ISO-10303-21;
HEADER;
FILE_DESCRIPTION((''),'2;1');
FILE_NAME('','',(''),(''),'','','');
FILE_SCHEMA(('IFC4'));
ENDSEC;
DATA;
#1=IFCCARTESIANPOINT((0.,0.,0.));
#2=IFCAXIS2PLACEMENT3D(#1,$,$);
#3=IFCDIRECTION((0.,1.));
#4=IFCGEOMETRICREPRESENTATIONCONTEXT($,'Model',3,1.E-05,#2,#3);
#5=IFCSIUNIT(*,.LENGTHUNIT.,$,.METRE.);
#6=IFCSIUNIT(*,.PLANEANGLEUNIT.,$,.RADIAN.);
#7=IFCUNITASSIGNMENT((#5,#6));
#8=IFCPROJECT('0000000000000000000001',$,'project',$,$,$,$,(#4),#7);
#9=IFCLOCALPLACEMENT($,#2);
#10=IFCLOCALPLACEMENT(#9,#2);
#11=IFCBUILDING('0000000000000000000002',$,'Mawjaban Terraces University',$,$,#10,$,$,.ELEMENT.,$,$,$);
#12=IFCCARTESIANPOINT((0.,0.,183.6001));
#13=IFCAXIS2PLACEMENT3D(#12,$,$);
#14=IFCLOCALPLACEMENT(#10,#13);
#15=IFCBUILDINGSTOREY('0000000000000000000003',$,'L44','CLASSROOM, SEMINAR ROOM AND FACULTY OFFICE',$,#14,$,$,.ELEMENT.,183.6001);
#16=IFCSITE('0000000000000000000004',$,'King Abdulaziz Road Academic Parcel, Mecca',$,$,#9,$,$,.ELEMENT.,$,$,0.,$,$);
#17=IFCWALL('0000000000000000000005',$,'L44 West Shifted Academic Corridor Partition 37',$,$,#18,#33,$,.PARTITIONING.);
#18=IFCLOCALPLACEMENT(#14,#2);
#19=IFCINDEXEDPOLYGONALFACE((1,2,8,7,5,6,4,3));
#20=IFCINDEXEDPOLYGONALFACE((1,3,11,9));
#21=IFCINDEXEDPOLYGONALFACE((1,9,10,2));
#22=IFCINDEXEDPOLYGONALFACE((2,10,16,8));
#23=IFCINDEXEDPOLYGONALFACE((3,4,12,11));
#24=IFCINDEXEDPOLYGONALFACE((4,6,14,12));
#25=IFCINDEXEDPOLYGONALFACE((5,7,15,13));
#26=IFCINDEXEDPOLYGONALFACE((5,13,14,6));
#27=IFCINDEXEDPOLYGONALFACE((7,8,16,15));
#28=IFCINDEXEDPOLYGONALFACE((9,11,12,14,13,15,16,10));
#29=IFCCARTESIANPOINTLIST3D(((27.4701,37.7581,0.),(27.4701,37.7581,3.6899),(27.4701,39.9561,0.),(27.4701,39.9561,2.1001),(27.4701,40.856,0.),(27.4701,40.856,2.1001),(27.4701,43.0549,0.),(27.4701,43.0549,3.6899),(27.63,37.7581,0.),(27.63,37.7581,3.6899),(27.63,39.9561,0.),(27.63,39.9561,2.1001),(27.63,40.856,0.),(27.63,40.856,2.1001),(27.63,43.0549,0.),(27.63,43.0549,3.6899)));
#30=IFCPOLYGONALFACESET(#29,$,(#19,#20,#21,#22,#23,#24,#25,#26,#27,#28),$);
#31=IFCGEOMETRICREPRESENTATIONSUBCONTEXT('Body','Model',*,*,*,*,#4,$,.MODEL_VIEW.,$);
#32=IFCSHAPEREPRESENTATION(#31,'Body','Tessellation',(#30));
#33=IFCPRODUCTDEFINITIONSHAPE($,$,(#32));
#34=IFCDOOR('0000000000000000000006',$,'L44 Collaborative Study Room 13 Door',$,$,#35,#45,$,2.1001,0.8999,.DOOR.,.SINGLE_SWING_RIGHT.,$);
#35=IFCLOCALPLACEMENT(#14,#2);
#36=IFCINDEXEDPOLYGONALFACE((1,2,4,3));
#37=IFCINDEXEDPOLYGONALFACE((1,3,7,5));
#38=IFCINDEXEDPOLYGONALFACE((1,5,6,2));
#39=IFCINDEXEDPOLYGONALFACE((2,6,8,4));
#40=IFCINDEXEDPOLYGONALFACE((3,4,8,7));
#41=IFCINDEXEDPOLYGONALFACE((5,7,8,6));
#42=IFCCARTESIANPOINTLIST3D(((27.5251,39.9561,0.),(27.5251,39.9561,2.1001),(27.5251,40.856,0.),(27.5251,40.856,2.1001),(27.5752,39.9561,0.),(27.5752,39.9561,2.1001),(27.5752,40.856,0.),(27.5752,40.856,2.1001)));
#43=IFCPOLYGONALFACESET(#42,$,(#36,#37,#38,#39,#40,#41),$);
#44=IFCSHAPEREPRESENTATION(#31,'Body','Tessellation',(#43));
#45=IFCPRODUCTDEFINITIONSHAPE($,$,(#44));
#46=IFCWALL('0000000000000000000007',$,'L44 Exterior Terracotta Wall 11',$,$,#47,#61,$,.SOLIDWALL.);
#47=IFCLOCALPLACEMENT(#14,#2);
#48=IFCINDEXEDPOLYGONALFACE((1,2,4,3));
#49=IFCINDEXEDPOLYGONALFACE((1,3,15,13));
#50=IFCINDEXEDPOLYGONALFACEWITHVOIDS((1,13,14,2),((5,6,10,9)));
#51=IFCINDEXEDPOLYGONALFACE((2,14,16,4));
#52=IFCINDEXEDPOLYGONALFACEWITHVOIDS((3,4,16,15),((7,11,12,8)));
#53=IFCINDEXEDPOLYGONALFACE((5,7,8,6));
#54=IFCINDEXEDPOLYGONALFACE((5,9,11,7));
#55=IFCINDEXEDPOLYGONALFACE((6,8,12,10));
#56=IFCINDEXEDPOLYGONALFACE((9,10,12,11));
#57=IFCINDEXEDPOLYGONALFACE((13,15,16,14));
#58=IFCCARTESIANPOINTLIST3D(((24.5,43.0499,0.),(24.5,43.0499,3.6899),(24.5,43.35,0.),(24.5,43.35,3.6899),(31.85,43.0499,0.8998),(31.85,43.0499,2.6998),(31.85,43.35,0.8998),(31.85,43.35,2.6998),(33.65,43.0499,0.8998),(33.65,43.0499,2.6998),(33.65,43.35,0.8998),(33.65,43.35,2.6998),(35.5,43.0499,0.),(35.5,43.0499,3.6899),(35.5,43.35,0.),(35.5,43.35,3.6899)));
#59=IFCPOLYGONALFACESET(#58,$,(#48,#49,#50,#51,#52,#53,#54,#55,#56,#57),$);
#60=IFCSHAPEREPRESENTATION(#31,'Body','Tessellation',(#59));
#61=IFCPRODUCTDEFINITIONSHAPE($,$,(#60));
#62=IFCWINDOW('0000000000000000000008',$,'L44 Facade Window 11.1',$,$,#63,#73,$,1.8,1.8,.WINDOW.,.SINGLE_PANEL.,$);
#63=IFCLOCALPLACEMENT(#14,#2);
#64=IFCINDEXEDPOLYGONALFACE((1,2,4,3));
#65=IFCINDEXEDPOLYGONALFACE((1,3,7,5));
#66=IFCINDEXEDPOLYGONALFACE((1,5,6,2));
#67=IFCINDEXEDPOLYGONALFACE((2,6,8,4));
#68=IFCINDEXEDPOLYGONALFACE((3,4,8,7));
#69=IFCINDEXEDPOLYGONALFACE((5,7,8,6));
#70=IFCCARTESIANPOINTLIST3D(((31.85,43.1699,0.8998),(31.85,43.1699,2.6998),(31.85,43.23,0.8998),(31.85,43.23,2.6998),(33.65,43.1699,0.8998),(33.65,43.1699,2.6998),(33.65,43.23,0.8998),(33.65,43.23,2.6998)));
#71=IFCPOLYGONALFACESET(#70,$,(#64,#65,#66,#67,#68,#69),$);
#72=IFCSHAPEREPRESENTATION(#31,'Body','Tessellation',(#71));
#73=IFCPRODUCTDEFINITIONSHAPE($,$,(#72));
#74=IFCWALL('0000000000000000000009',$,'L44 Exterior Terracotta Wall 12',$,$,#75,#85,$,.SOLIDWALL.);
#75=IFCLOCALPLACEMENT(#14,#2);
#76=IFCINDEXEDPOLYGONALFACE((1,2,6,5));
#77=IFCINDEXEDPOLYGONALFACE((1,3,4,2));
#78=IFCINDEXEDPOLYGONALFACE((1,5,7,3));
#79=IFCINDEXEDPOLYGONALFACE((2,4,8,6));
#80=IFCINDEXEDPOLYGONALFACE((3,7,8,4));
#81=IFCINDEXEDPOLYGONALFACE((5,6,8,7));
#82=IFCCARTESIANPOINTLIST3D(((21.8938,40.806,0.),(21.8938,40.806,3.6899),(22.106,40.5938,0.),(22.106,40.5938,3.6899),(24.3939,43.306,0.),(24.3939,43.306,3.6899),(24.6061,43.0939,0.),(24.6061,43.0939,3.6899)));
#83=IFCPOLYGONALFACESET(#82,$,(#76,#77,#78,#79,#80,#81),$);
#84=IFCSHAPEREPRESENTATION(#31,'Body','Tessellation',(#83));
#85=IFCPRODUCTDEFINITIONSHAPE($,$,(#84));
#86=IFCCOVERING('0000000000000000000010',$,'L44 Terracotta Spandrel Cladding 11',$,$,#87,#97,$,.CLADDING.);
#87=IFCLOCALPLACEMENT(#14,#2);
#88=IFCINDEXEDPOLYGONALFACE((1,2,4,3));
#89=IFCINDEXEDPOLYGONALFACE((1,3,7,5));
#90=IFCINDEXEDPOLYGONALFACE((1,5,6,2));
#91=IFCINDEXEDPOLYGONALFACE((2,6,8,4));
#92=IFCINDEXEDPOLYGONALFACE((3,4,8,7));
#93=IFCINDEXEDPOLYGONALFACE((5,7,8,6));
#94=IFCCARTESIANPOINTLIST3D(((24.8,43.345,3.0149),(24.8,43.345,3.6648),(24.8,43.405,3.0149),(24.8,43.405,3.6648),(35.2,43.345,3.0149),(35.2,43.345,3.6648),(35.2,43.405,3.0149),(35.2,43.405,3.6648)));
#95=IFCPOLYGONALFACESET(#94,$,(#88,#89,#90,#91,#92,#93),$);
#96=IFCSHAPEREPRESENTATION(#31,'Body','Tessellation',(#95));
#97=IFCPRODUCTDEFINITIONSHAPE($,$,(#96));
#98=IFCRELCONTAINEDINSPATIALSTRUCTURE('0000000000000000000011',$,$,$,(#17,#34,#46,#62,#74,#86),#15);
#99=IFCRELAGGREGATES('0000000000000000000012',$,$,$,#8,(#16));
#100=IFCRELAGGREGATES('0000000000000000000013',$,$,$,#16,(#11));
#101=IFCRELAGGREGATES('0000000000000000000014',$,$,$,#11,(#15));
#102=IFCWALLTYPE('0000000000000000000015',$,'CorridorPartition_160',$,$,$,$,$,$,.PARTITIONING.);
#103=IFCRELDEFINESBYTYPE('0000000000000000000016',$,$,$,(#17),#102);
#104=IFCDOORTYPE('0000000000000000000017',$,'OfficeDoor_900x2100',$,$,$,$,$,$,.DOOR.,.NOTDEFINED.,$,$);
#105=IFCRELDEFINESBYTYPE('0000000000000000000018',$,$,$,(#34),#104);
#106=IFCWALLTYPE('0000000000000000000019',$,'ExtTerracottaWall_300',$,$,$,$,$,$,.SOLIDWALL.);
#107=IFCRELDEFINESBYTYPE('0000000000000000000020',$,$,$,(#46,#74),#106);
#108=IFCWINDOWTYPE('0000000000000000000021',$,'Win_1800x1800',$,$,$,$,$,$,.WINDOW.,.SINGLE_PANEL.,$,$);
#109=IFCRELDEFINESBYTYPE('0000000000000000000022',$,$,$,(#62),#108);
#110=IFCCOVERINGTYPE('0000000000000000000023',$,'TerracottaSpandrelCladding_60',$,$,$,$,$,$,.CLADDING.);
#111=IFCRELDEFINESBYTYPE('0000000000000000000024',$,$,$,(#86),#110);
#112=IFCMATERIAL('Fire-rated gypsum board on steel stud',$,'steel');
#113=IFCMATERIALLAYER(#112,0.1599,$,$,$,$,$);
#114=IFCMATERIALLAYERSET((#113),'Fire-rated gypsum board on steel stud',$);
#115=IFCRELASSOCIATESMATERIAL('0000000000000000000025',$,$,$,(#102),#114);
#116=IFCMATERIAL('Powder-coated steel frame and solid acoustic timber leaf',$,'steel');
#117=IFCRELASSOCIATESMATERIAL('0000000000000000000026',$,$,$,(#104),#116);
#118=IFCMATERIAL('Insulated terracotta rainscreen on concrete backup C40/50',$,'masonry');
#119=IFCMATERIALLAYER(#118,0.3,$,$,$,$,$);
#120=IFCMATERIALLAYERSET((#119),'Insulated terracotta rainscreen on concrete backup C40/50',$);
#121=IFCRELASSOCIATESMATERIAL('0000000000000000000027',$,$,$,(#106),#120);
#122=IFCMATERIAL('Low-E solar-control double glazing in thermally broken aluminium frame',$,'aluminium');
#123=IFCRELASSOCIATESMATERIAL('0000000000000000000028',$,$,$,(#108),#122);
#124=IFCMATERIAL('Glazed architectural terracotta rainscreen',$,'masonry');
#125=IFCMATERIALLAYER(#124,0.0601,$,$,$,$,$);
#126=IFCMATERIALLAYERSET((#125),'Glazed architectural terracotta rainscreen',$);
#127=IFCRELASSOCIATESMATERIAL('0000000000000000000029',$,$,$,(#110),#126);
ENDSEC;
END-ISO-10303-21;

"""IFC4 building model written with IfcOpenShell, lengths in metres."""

from ifc_helpers import new_model, si_unit, direction, frame, frame_2d, origin, origin_2d, place, context, subcontext, project, spatial, rectangle, extrude, material, layer, layer_set, type_object, element, fill, save


model = new_model("IFC4")

# Units and contexts
model_context = context("Model", 3, precision=1e-05, world=origin(), true_north=direction((0.0, 1.0)))
body_context = subcontext(model_context, "Body", "Model", "MODEL_VIEW")
ifc_project = project(units=[si_unit("LENGTHUNIT", "METRE"), si_unit("PLANEANGLEUNIT", "RADIAN")], contexts=[model_context])

# Site, building, storey
site_placement = place(None, origin())
site = spatial("IfcSite", under=ifc_project, at=site_placement, Name="King Abdulaziz Road Academic Parcel, Mecca", CompositionType="ELEMENT", RefElevation=0.0)
building_placement = place(site_placement, origin())
building = spatial("IfcBuilding", under=site, at=building_placement, Name="Mawjaban Terraces University", CompositionType="ELEMENT")
storey_placement = place(building_placement, frame((0.0, 0.0, 183.6001)))
storey = spatial("IfcBuildingStorey", under=building, at=storey_placement, Name="L44", Description="CLASSROOM, SEMINAR ROOM AND FACULTY OFFICE", CompositionType="ELEMENT", Elevation=183.6001)

# Wall, opening, door
ifc_material_1 = material(Name="Powder-coated steel frame and solid acoustic timber leaf", Category="steel")
ifc_material_2 = material(Name="Fire-rated gypsum board on steel stud", Category="steel")
ifc_layer_1 = layer(ifc_material_2, 0.1599)
ifc_layer_set_1 = layer_set([ifc_layer_1], Name="Fire-rated gypsum board on steel stud")
wall_type_1 = type_object("IfcWallType", Name="CorridorPartition_160", PredefinedType="PARTITIONING", material=ifc_layer_set_1)
door_type_1 = type_object("IfcDoorType", Name="OfficeDoor_900x2100", OperationType="NOTDEFINED", PredefinedType="DOOR", material=ifc_material_1)
wall_1_placement = place(storey_placement, frame((27.55, 37.7581, 0.0), z_axis=(0.0, 0.0, 1.0), x_axis=(0.0, 1.0, 0.0)))
wall_1 = element("IfcWall", 1, at=wall_1_placement, inside=storey, type_object=wall_type_1, Name="L44 West Shifted Academic Corridor Partition 37", PredefinedType="PARTITIONING", context=body_context, shape_type="SweptSolid", body=[
    extrude(rectangle(XDim=5.2969, YDim=0.1599, at=frame_2d((2.6484, 0.0))), origin(), (0.0, 0.0, 1.0), 3.6899),
])
opening_1_placement = place(wall_1_placement, frame((2.198, 0.0, 0.0)))
opening_1 = element("IfcOpeningElement", 2, at=opening_1_placement, cuts=wall_1, PredefinedType="OPENING", context=body_context, shape_type="SweptSolid", body=[
    extrude(rectangle(XDim=0.8999, YDim=2.1001, at=frame_2d((0.45, 1.05))), frame((0.0, 0.0898, 0.0), z_axis=(0.0, -1.0, 0.0), x_axis=(1.0, 0.0, 0.0)), (0.0, 0.0, 1.0), 0.1799),
])
door_1_placement = place(opening_1_placement, origin())
door_1 = element("IfcDoor", 3, at=door_1_placement, inside=storey, type_object=door_type_1, Name="L44 Collaborative Study Room 13 Door", OperationType="SINGLE_SWING_RIGHT", OverallHeight=2.1001, OverallWidth=0.8999, PredefinedType="DOOR", context=body_context, shape_type="SweptSolid", body=[
    extrude(rectangle(XDim=0.8999, YDim=2.1001, at=frame_2d((0.45, 1.05))), frame((0.0, 0.0249, 0.0), z_axis=(0.0, -1.0, 0.0), x_axis=(1.0, 0.0, 0.0)), (0.0, 0.0, 1.0), 0.05),
])
fill(opening_1, door_1)

# Wall, opening, window
ifc_material_3 = material(Name="Insulated terracotta rainscreen on concrete backup C40/50", Category="masonry")
ifc_layer_2 = layer(ifc_material_3, 0.3)
ifc_layer_set_2 = layer_set([ifc_layer_2], Name="Insulated terracotta rainscreen on concrete backup C40/50")
wall_type_2 = type_object("IfcWallType", Name="ExtTerracottaWall_300", PredefinedType="SOLIDWALL", material=ifc_layer_set_2)
wall_2_placement = place(storey_placement, frame((35.5, 43.2, 0.0), z_axis=(0.0, 0.0, 1.0), x_axis=(-1.0, 0.0, 0.0)))
wall_2 = element("IfcWall", 4, at=wall_2_placement, inside=storey, type_object=wall_type_2, Name="L44 Exterior Terracotta Wall 11", PredefinedType="SOLIDWALL", context=body_context, shape_type="SweptSolid", body=[
    extrude(rectangle(XDim=11.0, YDim=0.3, at=frame_2d((5.5, 0.0))), origin(), (0.0, 0.0, 1.0), 3.6899),
])
opening_2_placement = place(wall_2_placement, frame((1.8501, 0.0, 0.8999)))
opening_2 = element("IfcOpeningElement", 5, at=opening_2_placement, cuts=wall_2, PredefinedType="OPENING", context=body_context, shape_type="SweptSolid", body=[
    extrude(rectangle(XDim=1.8, YDim=1.8, at=frame_2d((0.8999, 0.8999))), frame((0.0, 0.1599, 0.0), z_axis=(0.0, -1.0, 0.0), x_axis=(1.0, 0.0, 0.0)), (0.0, 0.0, 1.0), 0.3201),
])
ifc_material_4 = material(Name="Low-E solar-control double glazing in thermally broken aluminium frame", Category="aluminium")
window_type = type_object("IfcWindowType", Name="Win_1800x1800", PartitioningType="SINGLE_PANEL", PredefinedType="WINDOW", material=ifc_material_4)
window_placement = place(opening_2_placement, origin())
window = element("IfcWindow", 6, at=window_placement, inside=storey, type_object=window_type, Name="L44 Facade Window 11.1", OverallHeight=1.8, OverallWidth=1.8, PartitioningType="SINGLE_PANEL", PredefinedType="WINDOW", context=body_context, shape_type="SweptSolid", body=[
    extrude(rectangle(XDim=1.8, YDim=1.8, at=frame_2d((0.8999, 0.8999))), frame((0.0, 0.03, 0.0), z_axis=(0.0, -1.0, 0.0), x_axis=(1.0, 0.0, 0.0)), (0.0, 0.0, 1.0), 0.0601),
])
fill(opening_2, window)

# Wall
wall_3_placement = place(storey_placement, frame((24.5, 43.2, 0.0), z_axis=(0.0, 0.0, 1.0), x_axis=(-0.707107, -0.707107, 0.0)))
element("IfcWall", 7, at=wall_3_placement, inside=storey, type_object=wall_type_2, Name="L44 Exterior Terracotta Wall 12", PredefinedType="SOLIDWALL", context=body_context, shape_type="SweptSolid", body=[
    extrude(rectangle(XDim=3.5356, YDim=0.3, at=frame_2d((1.7678, 0.0))), origin(), (0.0, 0.0, 1.0), 3.6899),
])

# Covering
ifc_material_5 = material(Name="Glazed architectural terracotta rainscreen", Category="masonry")
ifc_layer_3 = layer(ifc_material_5, 0.0601)
ifc_layer_set_3 = layer_set([ifc_layer_3], Name="Glazed architectural terracotta rainscreen")
covering_type = type_object("IfcCoveringType", Name="TerracottaSpandrelCladding_60", PredefinedType="CLADDING", material=ifc_layer_set_3)
covering_placement = place(storey_placement, frame((30.0, 43.375, 3.0149), z_axis=(0.0, 0.0, 1.0), x_axis=(-1.0, 0.0, 0.0)))
element("IfcCovering", 8, at=covering_placement, inside=storey, type_object=covering_type, Name="L44 Terracotta Spandrel Cladding 11", PredefinedType="CLADDING", context=body_context, shape_type="SweptSolid", body=[
    extrude(rectangle(XDim=10.3999, YDim=0.0601, at=origin_2d()), origin(), (0.0, 0.0, 1.0), 0.6499),
])

save(model, "model.ifc")
